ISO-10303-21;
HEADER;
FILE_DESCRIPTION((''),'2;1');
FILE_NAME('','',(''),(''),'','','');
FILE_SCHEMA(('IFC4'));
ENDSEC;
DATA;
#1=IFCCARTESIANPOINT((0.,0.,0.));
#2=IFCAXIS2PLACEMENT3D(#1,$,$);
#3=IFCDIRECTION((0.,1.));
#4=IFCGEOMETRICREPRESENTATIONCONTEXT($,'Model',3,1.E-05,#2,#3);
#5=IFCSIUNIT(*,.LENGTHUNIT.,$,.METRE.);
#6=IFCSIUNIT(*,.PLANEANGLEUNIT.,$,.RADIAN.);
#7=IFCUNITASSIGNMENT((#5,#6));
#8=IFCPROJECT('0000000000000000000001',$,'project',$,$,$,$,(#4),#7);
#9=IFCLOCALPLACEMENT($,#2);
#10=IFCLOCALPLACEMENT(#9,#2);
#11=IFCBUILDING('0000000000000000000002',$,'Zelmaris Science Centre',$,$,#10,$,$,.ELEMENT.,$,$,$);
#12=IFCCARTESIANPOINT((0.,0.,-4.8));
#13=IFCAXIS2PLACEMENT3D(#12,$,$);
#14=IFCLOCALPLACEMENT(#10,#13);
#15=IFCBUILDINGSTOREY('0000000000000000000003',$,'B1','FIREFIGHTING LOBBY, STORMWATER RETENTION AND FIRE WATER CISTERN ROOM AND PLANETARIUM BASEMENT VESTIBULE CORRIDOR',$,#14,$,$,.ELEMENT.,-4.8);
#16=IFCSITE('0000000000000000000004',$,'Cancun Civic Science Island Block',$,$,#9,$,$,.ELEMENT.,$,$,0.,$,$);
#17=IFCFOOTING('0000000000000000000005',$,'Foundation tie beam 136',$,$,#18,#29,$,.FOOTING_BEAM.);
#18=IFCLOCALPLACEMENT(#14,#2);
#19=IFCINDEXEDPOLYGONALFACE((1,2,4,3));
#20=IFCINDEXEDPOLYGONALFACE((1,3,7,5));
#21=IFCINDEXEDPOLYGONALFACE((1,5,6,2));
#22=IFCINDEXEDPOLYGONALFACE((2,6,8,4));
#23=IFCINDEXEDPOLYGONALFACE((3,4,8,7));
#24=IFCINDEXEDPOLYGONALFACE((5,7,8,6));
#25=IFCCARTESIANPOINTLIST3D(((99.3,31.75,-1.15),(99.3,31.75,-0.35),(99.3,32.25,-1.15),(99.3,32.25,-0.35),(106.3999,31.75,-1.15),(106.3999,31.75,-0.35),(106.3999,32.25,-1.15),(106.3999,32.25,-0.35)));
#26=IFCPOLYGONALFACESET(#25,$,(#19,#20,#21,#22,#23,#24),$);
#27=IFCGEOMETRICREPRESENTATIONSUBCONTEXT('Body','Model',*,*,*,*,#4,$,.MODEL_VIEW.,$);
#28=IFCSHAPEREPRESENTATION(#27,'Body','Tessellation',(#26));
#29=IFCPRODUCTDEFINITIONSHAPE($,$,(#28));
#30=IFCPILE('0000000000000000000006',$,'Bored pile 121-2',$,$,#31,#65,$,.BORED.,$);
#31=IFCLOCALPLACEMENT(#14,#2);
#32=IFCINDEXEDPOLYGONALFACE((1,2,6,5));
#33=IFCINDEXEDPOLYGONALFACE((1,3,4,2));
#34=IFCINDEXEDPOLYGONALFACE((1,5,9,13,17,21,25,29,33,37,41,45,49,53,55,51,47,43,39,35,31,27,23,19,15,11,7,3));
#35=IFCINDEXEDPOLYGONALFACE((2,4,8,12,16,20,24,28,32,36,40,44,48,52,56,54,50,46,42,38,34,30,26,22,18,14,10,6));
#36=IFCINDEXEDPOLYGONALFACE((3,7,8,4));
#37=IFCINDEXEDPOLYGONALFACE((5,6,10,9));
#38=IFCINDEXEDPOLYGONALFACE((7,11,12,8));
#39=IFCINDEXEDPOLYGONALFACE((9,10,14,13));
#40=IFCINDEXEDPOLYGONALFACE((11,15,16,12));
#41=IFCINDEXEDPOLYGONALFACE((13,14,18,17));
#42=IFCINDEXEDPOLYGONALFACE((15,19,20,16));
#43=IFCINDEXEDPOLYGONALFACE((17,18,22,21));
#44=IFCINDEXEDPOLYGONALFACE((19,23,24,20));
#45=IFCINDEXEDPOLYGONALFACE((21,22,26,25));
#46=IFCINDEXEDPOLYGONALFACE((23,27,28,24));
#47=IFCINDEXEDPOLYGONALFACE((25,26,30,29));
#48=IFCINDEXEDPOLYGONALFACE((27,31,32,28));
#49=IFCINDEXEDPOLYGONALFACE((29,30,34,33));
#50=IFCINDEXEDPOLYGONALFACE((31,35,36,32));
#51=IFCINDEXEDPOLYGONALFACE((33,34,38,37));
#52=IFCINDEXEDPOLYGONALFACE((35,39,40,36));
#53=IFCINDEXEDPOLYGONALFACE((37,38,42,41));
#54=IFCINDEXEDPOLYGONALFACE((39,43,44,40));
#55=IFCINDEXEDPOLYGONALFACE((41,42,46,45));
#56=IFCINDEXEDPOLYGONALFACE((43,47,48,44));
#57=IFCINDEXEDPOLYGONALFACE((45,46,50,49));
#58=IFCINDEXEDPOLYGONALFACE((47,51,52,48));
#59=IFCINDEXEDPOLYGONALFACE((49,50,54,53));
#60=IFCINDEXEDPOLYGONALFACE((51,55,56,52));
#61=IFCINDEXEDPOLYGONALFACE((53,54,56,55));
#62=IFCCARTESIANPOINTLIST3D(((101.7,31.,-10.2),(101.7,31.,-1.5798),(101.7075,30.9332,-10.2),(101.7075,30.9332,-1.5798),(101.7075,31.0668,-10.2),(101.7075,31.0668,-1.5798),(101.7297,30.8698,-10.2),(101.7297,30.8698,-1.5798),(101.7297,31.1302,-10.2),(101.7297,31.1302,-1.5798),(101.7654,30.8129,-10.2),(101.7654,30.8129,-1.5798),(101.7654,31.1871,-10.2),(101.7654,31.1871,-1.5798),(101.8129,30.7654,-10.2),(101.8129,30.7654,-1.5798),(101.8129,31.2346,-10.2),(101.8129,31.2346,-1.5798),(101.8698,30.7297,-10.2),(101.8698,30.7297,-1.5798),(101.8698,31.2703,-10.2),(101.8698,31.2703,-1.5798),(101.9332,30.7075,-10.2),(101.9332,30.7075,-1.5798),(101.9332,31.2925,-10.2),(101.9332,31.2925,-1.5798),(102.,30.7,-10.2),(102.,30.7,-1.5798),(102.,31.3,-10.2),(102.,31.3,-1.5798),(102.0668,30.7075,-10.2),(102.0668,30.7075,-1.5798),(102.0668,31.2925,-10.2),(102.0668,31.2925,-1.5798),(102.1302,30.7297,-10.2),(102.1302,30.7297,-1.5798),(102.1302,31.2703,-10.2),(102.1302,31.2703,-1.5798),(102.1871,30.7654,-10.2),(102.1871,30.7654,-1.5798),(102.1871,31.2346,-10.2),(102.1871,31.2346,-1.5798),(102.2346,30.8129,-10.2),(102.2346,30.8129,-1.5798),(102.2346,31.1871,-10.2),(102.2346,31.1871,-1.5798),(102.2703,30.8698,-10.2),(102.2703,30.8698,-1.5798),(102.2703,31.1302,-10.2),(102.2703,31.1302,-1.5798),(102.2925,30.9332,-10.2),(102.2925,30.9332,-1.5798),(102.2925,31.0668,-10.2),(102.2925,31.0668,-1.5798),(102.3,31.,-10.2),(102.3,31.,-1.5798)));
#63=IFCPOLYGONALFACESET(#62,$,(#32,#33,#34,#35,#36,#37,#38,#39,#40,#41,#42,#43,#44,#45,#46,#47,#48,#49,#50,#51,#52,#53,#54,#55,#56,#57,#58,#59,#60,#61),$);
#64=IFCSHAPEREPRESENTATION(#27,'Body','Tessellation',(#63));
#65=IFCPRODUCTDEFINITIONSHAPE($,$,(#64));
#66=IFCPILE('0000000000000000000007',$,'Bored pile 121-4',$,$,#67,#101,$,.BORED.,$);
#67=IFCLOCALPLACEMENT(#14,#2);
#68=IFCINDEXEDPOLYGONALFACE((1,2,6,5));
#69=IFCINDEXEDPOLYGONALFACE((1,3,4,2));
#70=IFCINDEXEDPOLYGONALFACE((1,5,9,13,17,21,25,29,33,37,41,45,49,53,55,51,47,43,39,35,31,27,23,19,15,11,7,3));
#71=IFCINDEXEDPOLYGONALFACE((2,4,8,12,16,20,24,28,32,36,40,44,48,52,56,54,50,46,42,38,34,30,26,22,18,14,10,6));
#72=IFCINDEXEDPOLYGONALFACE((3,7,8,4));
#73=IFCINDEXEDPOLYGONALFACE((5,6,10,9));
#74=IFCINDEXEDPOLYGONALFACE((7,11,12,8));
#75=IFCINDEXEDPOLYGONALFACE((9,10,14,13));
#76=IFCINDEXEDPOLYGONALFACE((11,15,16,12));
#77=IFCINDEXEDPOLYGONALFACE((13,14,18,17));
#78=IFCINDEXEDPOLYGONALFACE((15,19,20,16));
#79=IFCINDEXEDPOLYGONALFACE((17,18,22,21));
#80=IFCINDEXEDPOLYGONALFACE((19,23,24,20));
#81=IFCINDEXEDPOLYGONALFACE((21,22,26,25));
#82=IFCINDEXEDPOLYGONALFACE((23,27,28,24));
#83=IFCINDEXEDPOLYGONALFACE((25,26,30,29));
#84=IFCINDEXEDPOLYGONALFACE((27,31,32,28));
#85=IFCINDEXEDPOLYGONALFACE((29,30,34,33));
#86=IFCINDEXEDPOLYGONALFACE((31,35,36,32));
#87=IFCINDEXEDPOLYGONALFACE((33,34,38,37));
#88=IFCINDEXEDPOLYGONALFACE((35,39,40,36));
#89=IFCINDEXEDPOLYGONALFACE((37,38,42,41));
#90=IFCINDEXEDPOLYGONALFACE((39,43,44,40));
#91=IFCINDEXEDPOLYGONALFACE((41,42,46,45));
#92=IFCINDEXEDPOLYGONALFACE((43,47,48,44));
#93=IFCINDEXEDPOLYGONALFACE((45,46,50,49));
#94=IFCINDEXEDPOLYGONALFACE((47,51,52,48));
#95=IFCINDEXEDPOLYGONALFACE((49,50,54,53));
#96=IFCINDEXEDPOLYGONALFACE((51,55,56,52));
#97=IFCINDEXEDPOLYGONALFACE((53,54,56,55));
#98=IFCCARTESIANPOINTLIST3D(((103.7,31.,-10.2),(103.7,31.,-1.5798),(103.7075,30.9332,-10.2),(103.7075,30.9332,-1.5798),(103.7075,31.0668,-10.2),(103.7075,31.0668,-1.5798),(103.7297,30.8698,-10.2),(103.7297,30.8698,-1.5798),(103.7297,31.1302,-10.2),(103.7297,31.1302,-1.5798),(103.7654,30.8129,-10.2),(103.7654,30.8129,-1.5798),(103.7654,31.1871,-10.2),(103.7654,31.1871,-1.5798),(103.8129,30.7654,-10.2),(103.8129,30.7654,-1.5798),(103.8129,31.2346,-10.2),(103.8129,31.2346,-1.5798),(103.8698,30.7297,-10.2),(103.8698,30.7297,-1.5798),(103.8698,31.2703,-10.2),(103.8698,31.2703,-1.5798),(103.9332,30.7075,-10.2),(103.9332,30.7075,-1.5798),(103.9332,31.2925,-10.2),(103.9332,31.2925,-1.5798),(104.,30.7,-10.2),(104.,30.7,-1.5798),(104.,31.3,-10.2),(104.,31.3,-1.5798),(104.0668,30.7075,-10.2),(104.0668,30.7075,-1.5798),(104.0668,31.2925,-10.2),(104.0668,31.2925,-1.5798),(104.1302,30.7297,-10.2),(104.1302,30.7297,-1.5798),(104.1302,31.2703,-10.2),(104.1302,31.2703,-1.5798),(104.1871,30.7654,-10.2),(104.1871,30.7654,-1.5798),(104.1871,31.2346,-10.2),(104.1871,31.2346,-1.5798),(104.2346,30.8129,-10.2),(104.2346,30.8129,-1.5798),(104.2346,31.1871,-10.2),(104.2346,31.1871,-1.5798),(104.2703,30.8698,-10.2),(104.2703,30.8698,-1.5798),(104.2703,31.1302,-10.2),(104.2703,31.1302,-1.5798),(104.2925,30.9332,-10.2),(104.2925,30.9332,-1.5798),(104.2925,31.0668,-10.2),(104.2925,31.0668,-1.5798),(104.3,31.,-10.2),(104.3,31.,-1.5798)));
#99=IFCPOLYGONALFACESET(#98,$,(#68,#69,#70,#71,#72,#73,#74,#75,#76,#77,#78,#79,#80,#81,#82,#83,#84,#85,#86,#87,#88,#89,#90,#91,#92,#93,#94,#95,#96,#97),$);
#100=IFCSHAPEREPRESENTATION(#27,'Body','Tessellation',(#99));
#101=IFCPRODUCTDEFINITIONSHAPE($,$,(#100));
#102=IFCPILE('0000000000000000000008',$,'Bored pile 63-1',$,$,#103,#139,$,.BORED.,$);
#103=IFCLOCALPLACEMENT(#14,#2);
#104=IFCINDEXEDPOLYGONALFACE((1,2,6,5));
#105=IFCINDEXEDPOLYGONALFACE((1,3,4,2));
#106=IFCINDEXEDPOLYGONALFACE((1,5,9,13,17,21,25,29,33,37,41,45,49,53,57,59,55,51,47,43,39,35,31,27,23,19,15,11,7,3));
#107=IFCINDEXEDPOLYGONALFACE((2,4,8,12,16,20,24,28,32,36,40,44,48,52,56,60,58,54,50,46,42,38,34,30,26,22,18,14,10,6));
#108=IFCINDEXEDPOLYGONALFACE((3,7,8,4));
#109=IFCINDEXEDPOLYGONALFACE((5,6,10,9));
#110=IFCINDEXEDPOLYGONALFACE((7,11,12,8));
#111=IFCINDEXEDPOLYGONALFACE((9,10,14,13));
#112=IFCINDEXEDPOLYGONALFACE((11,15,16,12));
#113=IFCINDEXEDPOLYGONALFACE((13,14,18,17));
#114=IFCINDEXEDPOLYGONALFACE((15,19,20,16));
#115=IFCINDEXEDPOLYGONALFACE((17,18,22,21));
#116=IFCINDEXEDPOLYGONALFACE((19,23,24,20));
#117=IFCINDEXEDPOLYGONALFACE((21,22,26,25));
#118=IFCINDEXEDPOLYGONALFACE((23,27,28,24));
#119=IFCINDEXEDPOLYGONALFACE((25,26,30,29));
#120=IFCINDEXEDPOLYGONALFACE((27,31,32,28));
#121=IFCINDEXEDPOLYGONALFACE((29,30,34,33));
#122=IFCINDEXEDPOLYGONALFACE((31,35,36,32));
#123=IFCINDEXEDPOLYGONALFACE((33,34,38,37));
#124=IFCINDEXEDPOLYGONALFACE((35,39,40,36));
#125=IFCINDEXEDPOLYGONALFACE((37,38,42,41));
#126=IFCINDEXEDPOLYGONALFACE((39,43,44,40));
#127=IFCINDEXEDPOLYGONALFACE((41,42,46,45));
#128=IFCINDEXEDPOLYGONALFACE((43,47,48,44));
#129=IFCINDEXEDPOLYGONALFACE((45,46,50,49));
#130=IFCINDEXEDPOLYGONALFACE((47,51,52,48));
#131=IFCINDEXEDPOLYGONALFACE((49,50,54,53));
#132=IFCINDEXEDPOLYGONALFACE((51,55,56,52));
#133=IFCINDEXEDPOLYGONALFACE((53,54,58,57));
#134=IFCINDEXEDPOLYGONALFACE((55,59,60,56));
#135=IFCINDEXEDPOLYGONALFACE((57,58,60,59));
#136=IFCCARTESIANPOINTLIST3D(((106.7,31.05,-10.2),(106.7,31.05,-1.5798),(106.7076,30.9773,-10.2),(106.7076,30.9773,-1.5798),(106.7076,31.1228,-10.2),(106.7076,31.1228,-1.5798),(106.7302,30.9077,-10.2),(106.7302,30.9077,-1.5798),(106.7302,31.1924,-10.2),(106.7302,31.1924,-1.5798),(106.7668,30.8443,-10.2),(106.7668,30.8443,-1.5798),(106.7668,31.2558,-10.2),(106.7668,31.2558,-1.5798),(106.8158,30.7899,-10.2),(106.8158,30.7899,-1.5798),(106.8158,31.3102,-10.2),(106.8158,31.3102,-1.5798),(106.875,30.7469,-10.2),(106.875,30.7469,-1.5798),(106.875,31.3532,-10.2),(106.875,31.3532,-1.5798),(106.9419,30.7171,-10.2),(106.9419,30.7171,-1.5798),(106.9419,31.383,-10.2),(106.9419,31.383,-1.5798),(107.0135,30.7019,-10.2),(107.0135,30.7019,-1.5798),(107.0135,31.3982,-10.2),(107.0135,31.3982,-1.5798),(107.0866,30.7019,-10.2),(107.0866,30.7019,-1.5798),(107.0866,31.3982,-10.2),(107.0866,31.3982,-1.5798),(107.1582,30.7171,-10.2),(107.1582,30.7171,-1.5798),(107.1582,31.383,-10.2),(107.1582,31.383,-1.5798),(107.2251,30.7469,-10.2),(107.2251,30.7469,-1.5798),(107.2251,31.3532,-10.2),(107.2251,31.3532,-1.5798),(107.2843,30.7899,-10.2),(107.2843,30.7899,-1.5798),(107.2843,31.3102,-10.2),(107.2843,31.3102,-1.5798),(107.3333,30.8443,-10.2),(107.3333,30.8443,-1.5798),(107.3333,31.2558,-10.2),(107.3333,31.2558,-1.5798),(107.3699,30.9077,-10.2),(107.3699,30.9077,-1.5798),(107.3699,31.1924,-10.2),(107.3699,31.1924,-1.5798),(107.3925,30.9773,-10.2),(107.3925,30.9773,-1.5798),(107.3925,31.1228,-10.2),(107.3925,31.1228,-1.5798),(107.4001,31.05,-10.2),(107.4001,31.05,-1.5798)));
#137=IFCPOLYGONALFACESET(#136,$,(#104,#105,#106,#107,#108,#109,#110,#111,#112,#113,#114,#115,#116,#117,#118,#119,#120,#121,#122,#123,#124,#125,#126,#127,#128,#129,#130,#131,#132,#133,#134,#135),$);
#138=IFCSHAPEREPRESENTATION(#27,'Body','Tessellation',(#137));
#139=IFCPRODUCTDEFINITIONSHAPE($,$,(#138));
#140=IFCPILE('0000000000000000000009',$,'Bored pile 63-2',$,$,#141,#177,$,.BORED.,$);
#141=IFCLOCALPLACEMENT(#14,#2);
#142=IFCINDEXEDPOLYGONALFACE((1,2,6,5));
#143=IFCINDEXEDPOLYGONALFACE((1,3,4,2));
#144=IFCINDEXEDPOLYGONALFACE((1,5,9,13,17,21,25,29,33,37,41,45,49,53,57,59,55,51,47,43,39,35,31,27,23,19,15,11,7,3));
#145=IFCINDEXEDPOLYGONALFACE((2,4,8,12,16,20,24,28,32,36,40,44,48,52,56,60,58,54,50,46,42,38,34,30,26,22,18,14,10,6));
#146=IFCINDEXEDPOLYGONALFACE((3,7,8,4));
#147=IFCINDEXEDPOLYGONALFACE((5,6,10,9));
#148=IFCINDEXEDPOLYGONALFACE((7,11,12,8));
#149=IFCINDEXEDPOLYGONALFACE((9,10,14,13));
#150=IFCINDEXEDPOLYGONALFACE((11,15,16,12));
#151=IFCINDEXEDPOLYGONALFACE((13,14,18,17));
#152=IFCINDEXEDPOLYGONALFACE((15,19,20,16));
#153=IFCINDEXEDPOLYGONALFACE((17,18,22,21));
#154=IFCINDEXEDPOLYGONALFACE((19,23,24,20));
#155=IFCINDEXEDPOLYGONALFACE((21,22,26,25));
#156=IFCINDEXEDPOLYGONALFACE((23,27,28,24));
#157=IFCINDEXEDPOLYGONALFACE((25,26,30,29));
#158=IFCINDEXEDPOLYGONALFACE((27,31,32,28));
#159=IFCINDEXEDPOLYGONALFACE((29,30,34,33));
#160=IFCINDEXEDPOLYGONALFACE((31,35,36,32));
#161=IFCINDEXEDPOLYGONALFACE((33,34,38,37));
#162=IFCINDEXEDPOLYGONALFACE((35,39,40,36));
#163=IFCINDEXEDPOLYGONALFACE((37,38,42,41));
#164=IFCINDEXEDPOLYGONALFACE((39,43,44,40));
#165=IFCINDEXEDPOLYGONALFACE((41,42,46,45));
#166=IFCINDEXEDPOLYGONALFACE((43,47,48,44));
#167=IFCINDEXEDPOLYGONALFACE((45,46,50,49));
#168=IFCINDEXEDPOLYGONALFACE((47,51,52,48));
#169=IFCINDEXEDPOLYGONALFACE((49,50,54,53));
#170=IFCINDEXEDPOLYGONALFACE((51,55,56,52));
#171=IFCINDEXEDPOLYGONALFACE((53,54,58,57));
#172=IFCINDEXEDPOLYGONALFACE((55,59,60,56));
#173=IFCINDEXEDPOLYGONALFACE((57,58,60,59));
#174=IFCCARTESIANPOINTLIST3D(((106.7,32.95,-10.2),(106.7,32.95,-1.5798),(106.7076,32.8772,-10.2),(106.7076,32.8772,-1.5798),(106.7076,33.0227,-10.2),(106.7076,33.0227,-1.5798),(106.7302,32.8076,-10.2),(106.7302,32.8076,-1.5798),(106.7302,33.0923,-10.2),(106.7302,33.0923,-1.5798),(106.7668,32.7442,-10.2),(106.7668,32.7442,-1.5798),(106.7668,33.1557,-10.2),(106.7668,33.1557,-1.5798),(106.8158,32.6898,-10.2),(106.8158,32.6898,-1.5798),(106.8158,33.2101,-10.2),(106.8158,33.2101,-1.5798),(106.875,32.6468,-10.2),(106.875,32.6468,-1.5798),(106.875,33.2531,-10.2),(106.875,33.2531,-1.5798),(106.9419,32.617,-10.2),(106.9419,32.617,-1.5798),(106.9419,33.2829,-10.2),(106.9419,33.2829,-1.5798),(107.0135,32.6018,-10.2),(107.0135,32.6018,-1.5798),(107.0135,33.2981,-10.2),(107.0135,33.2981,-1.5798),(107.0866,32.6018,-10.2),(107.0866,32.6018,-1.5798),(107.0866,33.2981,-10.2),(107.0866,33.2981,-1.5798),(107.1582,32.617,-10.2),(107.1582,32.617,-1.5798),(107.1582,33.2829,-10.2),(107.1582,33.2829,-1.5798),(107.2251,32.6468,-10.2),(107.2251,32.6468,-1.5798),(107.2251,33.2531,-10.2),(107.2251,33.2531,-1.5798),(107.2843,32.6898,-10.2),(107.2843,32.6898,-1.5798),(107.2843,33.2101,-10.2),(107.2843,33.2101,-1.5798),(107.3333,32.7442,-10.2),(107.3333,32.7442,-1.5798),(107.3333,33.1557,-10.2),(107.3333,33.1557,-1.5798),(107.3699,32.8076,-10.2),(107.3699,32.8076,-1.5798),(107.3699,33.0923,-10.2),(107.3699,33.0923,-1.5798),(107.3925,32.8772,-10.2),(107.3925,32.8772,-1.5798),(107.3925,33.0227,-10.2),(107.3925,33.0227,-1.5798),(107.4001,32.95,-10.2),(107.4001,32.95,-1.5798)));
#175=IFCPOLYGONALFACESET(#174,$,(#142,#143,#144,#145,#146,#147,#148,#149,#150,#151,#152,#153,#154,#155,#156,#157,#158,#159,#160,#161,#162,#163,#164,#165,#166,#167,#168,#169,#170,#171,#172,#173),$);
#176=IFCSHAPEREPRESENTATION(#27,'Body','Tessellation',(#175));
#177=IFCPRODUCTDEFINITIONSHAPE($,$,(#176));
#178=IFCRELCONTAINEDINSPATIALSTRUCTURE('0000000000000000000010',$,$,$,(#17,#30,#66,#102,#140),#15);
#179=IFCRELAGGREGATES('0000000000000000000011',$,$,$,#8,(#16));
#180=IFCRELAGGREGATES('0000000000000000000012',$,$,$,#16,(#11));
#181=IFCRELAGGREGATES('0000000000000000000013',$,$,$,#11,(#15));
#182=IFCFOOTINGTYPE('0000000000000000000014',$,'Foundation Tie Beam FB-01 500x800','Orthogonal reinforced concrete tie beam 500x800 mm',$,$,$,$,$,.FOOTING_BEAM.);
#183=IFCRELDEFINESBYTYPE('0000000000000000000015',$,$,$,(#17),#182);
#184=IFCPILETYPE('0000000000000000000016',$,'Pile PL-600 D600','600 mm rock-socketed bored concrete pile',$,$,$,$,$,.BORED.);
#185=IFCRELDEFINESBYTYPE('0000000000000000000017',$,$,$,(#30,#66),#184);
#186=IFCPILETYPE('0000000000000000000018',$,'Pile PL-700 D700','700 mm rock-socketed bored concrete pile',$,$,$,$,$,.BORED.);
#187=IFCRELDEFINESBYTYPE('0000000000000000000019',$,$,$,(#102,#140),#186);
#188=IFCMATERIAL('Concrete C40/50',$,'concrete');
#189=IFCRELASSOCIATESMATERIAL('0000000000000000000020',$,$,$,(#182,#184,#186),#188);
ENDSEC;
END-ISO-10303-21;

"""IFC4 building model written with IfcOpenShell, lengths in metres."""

from ifc_helpers import new_model, si_unit, direction, frame, origin, origin_2d, place, context, subcontext, project, spatial, rectangle, circle, extrude, material, material_profile, profile_set, type_object, element, save


model = new_model("IFC4")

# Units and contexts
model_context = context("Model", 3, precision=1e-05, world=origin(), true_north=direction((0.0, 1.0)))
body_context = subcontext(model_context, "Body", "Model", "MODEL_VIEW")
ifc_project = project(units=[si_unit("LENGTHUNIT", "METRE"), si_unit("PLANEANGLEUNIT", "RADIAN")], contexts=[model_context])

# Site, building, storey
site_placement = place(None, origin())
site = spatial("IfcSite", under=ifc_project, at=site_placement, Name="Cancun Civic Science Island Block", CompositionType="ELEMENT", RefElevation=0.0)
building_placement = place(site_placement, origin())
building = spatial("IfcBuilding", under=site, at=building_placement, Name="Zelmaris Science Centre", CompositionType="ELEMENT")
storey_placement = place(building_placement, frame((0.0, 0.0, -4.8)))
storey = spatial("IfcBuildingStorey", under=building, at=storey_placement, Name="B1", Description="FIREFIGHTING LOBBY, STORMWATER RETENTION AND FIRE WATER CISTERN ROOM AND PLANETARIUM BASEMENT VESTIBULE CORRIDOR", CompositionType="ELEMENT", Elevation=-4.8)

# Footing
ifc_material_1 = material(Name="Concrete C40/50", Category="concrete")
ifc_material_profile_1 = material_profile(ifc_material_1, rectangle(XDim=0.5, YDim=0.8, at=origin_2d()), Name="FB-500X800")
ifc_profile_set_1 = profile_set([ifc_material_profile_1], Name="Concrete C40/50")
footing_type = type_object("IfcFootingType", Name="Foundation Tie Beam FB-01 500x800", Description="Orthogonal reinforced concrete tie beam 500x800 mm", PredefinedType="FOOTING_BEAM", material=ifc_profile_set_1)
footing_placement = place(storey_placement, frame((99.3, 32.0, -0.75), z_axis=(1.0, 0.0, 0.0), x_axis=(0.0, 1.0, 0.0)))
element("IfcFooting", 1, at=footing_placement, inside=storey, type_object=footing_type, Name="Foundation tie beam 136", PredefinedType="FOOTING_BEAM", context=body_context, shape_type="SweptSolid", body=[
    extrude(rectangle(XDim=0.5, YDim=0.8, at=origin_2d()), origin(), (0.0, 0.0, 1.0), 7.0999),
])

# Piles
ifc_material_profile_2 = material_profile(ifc_material_1, circle(Radius=0.3, at=origin_2d()), Name="PILE-600")
ifc_profile_set_2 = profile_set([ifc_material_profile_2], Name="Concrete C40/50")
pile_type_1 = type_object("IfcPileType", Name="Pile PL-600 D600", Description="600 mm rock-socketed bored concrete pile", PredefinedType="BORED", material=ifc_profile_set_2)
for number, where, z_axis, x_axis, name in (
    (2, (102.0, 31.0, -1.5798), (0.0, 0.0, -1.0), (1.0, 0.0, 0.0), "Bored pile 121-2"),
    (3, (104.0, 31.0, -1.5798), (0.0, 0.0, -1.0), (1.0, 0.0, 0.0), "Bored pile 121-4"),
):
    element("IfcPile", number, at=place(storey_placement, frame(where, z_axis=z_axis, x_axis=x_axis)), inside=storey, type_object=pile_type_1, Name=name, PredefinedType="BORED", context=body_context, shape_type="SweptSolid", body=[
        extrude(circle(Radius=0.3, at=origin_2d()), origin(), (0.0, 0.0, 1.0), 8.6201),
    ])
ifc_material_profile_3 = material_profile(ifc_material_1, circle(Radius=0.3501, at=origin_2d()), Name="PILE-700")
ifc_profile_set_3 = profile_set([ifc_material_profile_3], Name="Concrete C40/50")
pile_type_2 = type_object("IfcPileType", Name="Pile PL-700 D700", Description="700 mm rock-socketed bored concrete pile", PredefinedType="BORED", material=ifc_profile_set_3)
for number, where, z_axis, x_axis, name in (
    (4, (107.05, 31.05, -1.5798), (0.0, 0.0, -1.0), (1.0, 0.0, 0.0), "Bored pile 63-1"),
    (5, (107.05, 32.95, -1.5798), (0.0, 0.0, -1.0), (1.0, 0.0, 0.0), "Bored pile 63-2"),
):
    element("IfcPile", number, at=place(storey_placement, frame(where, z_axis=z_axis, x_axis=x_axis)), inside=storey, type_object=pile_type_2, Name=name, PredefinedType="BORED", context=body_context, shape_type="SweptSolid", body=[
        extrude(circle(Radius=0.3501, at=origin_2d()), origin(), (0.0, 0.0, 1.0), 8.6201),
    ])

save(model, "model.ifc")
